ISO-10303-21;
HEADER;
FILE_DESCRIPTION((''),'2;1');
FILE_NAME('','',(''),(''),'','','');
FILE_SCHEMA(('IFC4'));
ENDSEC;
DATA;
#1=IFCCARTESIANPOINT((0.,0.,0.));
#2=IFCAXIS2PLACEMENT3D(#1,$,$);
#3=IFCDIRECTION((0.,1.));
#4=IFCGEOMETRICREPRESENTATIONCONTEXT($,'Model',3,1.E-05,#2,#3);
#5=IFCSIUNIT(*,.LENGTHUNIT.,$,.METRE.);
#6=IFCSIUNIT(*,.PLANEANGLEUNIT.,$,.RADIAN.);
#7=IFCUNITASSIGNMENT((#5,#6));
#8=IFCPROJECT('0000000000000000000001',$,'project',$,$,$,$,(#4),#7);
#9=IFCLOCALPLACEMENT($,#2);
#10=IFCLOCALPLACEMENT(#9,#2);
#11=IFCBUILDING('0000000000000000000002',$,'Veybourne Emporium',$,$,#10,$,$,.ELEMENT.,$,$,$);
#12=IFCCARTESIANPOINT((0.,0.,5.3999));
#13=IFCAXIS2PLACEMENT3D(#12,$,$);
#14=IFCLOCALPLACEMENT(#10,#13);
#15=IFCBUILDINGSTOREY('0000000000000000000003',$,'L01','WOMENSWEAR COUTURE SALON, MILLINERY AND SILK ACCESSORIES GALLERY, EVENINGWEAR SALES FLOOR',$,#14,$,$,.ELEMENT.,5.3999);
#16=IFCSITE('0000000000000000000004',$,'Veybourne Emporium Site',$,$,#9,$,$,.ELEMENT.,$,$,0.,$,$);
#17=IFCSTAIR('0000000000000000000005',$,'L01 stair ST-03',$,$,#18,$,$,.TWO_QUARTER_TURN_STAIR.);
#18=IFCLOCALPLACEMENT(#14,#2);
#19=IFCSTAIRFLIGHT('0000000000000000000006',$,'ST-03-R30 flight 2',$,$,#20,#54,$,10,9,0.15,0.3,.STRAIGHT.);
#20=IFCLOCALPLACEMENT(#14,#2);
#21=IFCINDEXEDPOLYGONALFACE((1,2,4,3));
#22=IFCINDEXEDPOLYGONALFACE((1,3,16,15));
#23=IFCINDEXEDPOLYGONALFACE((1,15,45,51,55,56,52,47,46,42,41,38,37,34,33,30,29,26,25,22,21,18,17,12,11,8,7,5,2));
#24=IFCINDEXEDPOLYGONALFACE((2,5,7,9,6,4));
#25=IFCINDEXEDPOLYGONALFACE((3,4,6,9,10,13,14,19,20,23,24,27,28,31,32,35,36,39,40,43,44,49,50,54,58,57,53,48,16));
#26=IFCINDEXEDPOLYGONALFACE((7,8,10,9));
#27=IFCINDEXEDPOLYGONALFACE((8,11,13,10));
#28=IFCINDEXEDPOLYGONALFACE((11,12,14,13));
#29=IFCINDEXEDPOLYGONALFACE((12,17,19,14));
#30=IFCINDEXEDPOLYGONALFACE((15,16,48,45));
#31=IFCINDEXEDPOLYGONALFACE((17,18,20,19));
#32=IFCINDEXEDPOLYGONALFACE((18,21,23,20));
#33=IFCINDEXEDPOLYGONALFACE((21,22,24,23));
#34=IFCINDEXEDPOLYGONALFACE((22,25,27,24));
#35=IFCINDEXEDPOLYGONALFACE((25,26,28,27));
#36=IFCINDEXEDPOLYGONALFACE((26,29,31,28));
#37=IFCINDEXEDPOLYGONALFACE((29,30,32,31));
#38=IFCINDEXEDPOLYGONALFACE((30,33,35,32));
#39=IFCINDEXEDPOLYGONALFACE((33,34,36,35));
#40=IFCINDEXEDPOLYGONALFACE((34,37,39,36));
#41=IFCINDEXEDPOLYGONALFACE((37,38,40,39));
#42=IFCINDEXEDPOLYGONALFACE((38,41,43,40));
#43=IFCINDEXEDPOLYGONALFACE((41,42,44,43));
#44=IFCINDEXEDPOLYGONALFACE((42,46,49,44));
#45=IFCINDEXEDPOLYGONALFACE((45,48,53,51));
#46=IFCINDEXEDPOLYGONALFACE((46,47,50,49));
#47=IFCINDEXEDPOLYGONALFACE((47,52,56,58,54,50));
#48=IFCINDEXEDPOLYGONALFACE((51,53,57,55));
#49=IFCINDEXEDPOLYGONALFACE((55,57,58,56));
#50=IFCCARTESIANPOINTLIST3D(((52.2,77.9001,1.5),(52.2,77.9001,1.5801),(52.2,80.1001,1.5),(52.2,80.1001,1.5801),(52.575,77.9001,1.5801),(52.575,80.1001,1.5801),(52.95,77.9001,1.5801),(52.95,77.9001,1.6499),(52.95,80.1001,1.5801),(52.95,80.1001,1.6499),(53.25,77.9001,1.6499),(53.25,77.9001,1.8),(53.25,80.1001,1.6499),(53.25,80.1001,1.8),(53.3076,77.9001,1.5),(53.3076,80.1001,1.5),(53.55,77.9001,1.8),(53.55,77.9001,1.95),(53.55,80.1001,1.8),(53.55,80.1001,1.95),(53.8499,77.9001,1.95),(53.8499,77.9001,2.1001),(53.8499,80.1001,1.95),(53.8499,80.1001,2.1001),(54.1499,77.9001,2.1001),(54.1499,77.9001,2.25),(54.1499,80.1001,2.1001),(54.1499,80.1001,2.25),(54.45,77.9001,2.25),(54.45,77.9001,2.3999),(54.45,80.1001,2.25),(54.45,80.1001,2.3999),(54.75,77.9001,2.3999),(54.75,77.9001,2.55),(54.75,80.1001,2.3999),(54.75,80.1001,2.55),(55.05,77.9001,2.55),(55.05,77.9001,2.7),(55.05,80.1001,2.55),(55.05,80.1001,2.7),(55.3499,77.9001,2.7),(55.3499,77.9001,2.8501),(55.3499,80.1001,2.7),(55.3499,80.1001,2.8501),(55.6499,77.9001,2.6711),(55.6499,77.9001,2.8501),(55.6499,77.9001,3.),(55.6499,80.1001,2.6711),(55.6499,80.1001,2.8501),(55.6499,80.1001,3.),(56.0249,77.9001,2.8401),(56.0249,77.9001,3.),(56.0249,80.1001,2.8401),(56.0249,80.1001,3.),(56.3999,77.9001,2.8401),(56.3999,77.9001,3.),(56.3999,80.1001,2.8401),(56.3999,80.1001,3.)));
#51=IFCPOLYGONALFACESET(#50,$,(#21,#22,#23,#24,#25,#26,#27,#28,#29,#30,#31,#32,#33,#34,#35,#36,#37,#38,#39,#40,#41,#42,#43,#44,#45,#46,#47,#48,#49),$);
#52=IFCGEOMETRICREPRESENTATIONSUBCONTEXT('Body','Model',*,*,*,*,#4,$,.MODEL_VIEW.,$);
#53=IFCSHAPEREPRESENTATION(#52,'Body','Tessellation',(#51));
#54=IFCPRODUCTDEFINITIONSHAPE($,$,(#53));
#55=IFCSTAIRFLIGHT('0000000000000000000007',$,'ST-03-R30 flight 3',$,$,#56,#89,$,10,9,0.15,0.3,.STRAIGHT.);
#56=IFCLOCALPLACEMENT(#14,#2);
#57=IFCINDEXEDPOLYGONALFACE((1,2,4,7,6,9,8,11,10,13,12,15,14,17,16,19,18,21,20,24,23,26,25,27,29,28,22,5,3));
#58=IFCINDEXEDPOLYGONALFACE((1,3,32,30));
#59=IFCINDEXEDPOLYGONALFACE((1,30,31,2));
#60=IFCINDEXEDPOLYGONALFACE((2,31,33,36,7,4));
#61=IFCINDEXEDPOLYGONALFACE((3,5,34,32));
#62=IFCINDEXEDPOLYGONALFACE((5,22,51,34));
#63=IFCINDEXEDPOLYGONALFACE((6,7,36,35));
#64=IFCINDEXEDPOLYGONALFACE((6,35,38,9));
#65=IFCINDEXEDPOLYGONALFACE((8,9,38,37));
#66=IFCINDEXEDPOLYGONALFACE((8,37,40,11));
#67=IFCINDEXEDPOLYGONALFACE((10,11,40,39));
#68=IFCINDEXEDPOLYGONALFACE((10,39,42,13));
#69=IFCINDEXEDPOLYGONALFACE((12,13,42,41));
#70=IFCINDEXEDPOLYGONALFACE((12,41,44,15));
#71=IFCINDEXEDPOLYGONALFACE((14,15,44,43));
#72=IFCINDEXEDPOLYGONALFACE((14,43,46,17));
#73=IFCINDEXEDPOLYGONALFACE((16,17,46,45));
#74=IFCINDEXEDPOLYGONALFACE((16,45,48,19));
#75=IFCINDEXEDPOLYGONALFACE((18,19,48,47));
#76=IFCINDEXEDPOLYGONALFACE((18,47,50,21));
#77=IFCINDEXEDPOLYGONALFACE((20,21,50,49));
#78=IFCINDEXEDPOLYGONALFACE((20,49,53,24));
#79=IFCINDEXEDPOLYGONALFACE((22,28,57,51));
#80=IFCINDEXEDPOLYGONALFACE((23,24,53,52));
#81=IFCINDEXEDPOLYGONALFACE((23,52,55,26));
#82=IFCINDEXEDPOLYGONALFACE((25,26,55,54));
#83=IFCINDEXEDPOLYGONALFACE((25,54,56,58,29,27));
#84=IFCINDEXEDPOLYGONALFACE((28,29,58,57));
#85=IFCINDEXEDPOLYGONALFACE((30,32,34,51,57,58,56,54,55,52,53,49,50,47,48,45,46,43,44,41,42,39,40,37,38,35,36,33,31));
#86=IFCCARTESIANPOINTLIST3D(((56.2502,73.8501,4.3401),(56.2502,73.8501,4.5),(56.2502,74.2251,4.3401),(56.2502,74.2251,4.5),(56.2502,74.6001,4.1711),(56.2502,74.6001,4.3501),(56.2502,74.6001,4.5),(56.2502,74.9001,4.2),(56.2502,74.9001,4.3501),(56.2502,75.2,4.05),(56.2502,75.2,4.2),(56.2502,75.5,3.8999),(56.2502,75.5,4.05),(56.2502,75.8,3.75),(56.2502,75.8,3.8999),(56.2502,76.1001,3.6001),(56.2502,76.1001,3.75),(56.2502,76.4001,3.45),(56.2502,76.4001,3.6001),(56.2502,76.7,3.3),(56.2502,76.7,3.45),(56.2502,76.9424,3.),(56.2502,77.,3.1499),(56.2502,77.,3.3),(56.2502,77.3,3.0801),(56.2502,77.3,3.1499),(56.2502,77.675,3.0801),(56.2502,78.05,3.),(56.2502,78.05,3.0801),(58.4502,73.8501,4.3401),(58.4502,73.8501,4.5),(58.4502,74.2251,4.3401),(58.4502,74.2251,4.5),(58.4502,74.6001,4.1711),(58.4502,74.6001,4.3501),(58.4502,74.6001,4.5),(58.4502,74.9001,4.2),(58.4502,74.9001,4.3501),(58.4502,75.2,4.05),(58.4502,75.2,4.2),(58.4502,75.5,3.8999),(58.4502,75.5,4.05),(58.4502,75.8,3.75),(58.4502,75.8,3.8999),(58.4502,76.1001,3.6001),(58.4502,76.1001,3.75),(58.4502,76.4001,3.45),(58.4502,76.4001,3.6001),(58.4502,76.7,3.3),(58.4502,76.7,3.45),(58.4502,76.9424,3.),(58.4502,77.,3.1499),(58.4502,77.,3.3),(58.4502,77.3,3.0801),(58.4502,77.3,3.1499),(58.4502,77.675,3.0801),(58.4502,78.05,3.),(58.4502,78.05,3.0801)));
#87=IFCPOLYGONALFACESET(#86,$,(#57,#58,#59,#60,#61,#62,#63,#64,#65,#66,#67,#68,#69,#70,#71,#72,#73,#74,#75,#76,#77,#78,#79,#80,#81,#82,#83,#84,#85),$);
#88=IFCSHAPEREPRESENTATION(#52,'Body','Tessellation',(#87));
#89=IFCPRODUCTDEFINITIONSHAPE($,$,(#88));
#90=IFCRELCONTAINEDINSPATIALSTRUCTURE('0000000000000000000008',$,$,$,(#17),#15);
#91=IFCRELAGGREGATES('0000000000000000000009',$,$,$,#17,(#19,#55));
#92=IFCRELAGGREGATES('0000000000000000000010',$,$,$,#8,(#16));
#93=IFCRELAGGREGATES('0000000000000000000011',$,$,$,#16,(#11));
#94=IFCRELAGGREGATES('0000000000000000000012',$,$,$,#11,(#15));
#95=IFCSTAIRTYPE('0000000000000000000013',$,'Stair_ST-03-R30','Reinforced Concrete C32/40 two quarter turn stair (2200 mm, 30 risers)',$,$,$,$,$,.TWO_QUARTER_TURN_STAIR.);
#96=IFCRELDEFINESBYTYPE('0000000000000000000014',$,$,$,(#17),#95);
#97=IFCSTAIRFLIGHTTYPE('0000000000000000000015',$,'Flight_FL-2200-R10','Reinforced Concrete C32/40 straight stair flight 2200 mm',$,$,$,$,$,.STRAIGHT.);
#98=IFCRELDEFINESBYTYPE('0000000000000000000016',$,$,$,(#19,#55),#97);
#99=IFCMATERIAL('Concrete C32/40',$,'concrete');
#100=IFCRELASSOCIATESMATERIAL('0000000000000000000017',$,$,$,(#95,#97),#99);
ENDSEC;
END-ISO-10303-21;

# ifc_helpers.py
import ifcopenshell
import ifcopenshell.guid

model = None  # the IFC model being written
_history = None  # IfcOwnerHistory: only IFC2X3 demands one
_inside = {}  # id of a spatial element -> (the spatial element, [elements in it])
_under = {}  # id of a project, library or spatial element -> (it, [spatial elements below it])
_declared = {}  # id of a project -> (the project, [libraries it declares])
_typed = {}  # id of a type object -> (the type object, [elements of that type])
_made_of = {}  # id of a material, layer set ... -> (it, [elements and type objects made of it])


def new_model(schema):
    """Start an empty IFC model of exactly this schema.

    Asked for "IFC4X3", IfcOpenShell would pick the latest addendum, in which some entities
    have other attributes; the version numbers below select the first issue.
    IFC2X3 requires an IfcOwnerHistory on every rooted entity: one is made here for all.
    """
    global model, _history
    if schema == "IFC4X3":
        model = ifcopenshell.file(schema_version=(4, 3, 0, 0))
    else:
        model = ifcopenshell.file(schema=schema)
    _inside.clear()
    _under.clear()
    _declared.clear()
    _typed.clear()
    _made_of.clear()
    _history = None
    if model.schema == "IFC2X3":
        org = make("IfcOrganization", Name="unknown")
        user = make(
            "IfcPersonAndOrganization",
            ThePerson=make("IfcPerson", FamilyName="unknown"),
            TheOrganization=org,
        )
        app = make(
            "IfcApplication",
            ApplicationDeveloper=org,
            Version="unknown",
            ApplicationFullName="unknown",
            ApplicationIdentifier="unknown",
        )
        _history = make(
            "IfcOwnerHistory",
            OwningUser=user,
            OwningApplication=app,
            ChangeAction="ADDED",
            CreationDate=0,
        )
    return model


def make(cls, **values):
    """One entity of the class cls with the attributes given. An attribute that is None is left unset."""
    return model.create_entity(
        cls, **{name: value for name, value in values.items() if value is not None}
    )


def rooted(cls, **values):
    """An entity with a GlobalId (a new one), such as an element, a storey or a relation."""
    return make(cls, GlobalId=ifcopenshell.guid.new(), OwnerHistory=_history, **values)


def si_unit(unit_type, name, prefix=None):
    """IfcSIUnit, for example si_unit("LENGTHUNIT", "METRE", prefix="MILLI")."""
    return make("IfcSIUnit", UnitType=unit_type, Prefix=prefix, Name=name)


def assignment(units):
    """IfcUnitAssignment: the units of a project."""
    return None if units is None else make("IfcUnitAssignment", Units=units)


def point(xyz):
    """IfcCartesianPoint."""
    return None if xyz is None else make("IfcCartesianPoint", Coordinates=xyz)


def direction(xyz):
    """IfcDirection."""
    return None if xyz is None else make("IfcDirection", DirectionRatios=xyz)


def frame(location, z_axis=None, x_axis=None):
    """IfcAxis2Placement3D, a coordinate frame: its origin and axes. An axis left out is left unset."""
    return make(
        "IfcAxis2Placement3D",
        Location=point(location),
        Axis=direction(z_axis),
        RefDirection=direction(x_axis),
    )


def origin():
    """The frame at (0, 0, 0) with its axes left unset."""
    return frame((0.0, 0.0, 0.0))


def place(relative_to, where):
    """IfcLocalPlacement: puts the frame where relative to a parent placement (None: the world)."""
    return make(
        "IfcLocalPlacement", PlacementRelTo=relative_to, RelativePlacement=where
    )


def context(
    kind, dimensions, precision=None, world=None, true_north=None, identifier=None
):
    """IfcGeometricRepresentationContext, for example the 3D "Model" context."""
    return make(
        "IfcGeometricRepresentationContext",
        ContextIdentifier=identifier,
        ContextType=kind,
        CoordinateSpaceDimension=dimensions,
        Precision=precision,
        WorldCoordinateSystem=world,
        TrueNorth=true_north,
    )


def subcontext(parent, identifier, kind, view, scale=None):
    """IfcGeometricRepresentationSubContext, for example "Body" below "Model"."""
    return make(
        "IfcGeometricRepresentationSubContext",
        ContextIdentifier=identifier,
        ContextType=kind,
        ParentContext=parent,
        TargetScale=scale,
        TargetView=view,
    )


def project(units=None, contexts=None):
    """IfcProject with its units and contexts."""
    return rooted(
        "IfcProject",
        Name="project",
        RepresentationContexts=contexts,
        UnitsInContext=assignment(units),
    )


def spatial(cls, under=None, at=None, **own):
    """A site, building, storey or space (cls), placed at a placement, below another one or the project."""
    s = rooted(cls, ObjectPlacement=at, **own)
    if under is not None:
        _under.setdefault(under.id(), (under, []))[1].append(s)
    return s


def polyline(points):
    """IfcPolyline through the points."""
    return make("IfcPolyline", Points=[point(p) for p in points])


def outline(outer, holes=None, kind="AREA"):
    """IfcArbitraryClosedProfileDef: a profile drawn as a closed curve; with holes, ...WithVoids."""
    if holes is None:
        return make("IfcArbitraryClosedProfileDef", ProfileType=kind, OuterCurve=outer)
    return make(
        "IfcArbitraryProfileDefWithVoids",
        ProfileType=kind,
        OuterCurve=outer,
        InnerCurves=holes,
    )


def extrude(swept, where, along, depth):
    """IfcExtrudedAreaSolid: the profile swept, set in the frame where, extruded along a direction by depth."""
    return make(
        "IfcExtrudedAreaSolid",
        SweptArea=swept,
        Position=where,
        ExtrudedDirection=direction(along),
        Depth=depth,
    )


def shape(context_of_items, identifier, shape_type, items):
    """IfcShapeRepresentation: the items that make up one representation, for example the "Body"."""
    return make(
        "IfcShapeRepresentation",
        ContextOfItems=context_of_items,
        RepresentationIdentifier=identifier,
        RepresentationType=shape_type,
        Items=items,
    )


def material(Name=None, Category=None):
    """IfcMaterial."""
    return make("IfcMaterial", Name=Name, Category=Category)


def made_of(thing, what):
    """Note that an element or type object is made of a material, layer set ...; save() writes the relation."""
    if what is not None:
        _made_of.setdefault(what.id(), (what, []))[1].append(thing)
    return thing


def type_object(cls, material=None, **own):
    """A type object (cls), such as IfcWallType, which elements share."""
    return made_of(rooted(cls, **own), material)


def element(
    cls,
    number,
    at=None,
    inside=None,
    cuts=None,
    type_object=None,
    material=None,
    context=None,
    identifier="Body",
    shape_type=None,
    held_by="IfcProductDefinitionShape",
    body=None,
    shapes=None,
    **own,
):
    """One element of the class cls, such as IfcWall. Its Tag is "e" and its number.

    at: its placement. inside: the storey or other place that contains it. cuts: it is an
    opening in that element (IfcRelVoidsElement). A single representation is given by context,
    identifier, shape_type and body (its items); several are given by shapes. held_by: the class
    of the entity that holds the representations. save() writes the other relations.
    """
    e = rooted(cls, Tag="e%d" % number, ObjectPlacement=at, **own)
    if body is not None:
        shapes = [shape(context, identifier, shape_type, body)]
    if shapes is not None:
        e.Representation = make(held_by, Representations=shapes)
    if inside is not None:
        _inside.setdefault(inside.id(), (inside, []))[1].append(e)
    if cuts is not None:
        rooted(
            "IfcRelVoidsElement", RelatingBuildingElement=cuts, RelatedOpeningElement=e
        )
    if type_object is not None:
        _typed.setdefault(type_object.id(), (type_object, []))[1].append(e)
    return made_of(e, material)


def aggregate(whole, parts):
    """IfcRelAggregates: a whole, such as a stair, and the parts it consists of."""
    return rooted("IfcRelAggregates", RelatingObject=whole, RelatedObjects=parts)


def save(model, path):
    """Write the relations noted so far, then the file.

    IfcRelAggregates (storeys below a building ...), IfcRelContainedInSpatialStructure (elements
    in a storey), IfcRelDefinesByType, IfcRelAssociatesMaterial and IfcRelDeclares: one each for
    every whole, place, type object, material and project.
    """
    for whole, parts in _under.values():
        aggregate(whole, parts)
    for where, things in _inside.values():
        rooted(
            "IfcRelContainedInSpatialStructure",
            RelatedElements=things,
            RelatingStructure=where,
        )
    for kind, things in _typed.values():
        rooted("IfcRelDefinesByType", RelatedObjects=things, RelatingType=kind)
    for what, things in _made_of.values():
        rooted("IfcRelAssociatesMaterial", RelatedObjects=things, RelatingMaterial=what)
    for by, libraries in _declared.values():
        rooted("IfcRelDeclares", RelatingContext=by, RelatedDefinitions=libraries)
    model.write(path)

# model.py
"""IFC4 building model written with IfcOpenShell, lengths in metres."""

from ifc_helpers import new_model, si_unit, direction, frame, origin, place, context, subcontext, project, spatial, polyline, outline, extrude, material, type_object, element, aggregate, save


model = new_model("IFC4")

# Units and contexts
model_context = context("Model", 3, precision=1e-05, world=origin(), true_north=direction((0.0, 1.0)))
body_context = subcontext(model_context, "Body", "Model", "MODEL_VIEW")
ifc_project = project(units=[si_unit("LENGTHUNIT", "METRE"), si_unit("PLANEANGLEUNIT", "RADIAN")], contexts=[model_context])

# Site, building, storey
site_placement = place(None, origin())
site = spatial("IfcSite", under=ifc_project, at=site_placement, Name="Veybourne Emporium Site", CompositionType="ELEMENT", RefElevation=0.0)
building_placement = place(site_placement, origin())
building = spatial("IfcBuilding", under=site, at=building_placement, Name="Veybourne Emporium", CompositionType="ELEMENT")
storey_placement = place(building_placement, frame((0.0, 0.0, 5.3999)))
storey = spatial("IfcBuildingStorey", under=building, at=storey_placement, Name="L01", Description="WOMENSWEAR COUTURE SALON, MILLINERY AND SILK ACCESSORIES GALLERY, EVENINGWEAR SALES FLOOR", CompositionType="ELEMENT", Elevation=5.3999)

# Shared definitions
ifc_material_1 = material(Name="Concrete C32/40", Category="concrete")

# Stair, stair flights
stair_type = type_object("IfcStairType", Name="Stair_ST-03-R30", Description="Reinforced Concrete C32/40 two quarter turn stair (2200 mm, 30 risers)", PredefinedType="TWO_QUARTER_TURN_STAIR", material=ifc_material_1)
stair_placement = place(storey_placement, origin())
stair = element("IfcStair", 1, at=stair_placement, inside=storey, type_object=stair_type, Name="L01 stair ST-03", PredefinedType="TWO_QUARTER_TURN_STAIR")
stair_flight_type = type_object("IfcStairFlightType", Name="Flight_FL-2200-R10", Description="Reinforced Concrete C32/40 straight stair flight 2200 mm", PredefinedType="STRAIGHT", material=ifc_material_1)
stair_flight_1_placement = place(storey_placement, frame((52.95, 79.0, 1.5), z_axis=(0.0, 0.0, 1.0), x_axis=(1.0, 0.0, 0.0)))
stair_flight_1 = element("IfcStairFlight", 2, at=stair_flight_1_placement, type_object=stair_flight_type, Name="ST-03-R30 flight 2", NumberOfRisers=10, NumberOfTreads=9, PredefinedType="STRAIGHT", RiserHeight=0.15, TreadLength=0.3, context=body_context, shape_type="SweptSolid", body=[
    extrude(outline(polyline([(-0.75, 0.0), (-0.75, 0.0801), (-0.375, 0.0801), (0.0, 0.0801), (0.0, 0.1499), (0.3, 0.1499), (0.3, 0.3), (0.6001, 0.3), (0.6001, 0.45), (0.8999, 0.45), (0.8999, 0.6001), (1.2, 0.6001), (1.2, 0.75), (1.5, 0.75), (1.5, 0.8999), (1.8, 0.8999), (1.8, 1.05), (2.1001, 1.05), (2.1001, 1.2), (2.3999, 1.2), (2.3999, 1.3501), (2.7, 1.3501), (2.7, 1.5), (3.075, 1.5), (3.45, 1.5), (3.45, 1.3401), (3.075, 1.3401), (2.7, 1.1711), (0.3577, 0.0), (-0.75, 0.0)])), frame((0.0, 1.1001, 0.0), z_axis=(0.0, -1.0, 0.0), x_axis=(1.0, 0.0, 0.0)), (0.0, 0.0, 1.0), 2.2),
])
stair_flight_2_placement = place(storey_placement, frame((57.3501, 77.3, 3.0), z_axis=(0.0, 0.0, 1.0), x_axis=(0.0, -1.0, 0.0)))
stair_flight_2 = element("IfcStairFlight", 3, at=stair_flight_2_placement, type_object=stair_flight_type, Name="ST-03-R30 flight 3", NumberOfRisers=10, NumberOfTreads=9, PredefinedType="STRAIGHT", RiserHeight=0.15, TreadLength=0.3, context=body_context, shape_type="SweptSolid", body=[
    extrude(outline(polyline([(-0.75, 0.0), (-0.75, 0.0801), (-0.375, 0.0801), (0.0, 0.0801), (0.0, 0.1499), (0.3, 0.1499), (0.3, 0.3), (0.6001, 0.3), (0.6001, 0.45), (0.8999, 0.45), (0.8999, 0.6001), (1.2, 0.6001), (1.2, 0.75), (1.5, 0.75), (1.5, 0.8999), (1.8, 0.8999), (1.8, 1.05), (2.1001, 1.05), (2.1001, 1.2), (2.3999, 1.2), (2.3999, 1.3501), (2.7, 1.3501), (2.7, 1.5), (3.075, 1.5), (3.45, 1.5), (3.45, 1.3401), (3.075, 1.3401), (2.7, 1.1711), (0.3577, 0.0), (-0.75, 0.0)])), frame((0.0, 1.1001, 0.0), z_axis=(0.0, -1.0, 0.0), x_axis=(1.0, 0.0, 0.0)), (0.0, 0.0, 1.0), 2.2),
])
aggregate(stair, [stair_flight_1, stair_flight_2])

save(model, "model.ifc")
